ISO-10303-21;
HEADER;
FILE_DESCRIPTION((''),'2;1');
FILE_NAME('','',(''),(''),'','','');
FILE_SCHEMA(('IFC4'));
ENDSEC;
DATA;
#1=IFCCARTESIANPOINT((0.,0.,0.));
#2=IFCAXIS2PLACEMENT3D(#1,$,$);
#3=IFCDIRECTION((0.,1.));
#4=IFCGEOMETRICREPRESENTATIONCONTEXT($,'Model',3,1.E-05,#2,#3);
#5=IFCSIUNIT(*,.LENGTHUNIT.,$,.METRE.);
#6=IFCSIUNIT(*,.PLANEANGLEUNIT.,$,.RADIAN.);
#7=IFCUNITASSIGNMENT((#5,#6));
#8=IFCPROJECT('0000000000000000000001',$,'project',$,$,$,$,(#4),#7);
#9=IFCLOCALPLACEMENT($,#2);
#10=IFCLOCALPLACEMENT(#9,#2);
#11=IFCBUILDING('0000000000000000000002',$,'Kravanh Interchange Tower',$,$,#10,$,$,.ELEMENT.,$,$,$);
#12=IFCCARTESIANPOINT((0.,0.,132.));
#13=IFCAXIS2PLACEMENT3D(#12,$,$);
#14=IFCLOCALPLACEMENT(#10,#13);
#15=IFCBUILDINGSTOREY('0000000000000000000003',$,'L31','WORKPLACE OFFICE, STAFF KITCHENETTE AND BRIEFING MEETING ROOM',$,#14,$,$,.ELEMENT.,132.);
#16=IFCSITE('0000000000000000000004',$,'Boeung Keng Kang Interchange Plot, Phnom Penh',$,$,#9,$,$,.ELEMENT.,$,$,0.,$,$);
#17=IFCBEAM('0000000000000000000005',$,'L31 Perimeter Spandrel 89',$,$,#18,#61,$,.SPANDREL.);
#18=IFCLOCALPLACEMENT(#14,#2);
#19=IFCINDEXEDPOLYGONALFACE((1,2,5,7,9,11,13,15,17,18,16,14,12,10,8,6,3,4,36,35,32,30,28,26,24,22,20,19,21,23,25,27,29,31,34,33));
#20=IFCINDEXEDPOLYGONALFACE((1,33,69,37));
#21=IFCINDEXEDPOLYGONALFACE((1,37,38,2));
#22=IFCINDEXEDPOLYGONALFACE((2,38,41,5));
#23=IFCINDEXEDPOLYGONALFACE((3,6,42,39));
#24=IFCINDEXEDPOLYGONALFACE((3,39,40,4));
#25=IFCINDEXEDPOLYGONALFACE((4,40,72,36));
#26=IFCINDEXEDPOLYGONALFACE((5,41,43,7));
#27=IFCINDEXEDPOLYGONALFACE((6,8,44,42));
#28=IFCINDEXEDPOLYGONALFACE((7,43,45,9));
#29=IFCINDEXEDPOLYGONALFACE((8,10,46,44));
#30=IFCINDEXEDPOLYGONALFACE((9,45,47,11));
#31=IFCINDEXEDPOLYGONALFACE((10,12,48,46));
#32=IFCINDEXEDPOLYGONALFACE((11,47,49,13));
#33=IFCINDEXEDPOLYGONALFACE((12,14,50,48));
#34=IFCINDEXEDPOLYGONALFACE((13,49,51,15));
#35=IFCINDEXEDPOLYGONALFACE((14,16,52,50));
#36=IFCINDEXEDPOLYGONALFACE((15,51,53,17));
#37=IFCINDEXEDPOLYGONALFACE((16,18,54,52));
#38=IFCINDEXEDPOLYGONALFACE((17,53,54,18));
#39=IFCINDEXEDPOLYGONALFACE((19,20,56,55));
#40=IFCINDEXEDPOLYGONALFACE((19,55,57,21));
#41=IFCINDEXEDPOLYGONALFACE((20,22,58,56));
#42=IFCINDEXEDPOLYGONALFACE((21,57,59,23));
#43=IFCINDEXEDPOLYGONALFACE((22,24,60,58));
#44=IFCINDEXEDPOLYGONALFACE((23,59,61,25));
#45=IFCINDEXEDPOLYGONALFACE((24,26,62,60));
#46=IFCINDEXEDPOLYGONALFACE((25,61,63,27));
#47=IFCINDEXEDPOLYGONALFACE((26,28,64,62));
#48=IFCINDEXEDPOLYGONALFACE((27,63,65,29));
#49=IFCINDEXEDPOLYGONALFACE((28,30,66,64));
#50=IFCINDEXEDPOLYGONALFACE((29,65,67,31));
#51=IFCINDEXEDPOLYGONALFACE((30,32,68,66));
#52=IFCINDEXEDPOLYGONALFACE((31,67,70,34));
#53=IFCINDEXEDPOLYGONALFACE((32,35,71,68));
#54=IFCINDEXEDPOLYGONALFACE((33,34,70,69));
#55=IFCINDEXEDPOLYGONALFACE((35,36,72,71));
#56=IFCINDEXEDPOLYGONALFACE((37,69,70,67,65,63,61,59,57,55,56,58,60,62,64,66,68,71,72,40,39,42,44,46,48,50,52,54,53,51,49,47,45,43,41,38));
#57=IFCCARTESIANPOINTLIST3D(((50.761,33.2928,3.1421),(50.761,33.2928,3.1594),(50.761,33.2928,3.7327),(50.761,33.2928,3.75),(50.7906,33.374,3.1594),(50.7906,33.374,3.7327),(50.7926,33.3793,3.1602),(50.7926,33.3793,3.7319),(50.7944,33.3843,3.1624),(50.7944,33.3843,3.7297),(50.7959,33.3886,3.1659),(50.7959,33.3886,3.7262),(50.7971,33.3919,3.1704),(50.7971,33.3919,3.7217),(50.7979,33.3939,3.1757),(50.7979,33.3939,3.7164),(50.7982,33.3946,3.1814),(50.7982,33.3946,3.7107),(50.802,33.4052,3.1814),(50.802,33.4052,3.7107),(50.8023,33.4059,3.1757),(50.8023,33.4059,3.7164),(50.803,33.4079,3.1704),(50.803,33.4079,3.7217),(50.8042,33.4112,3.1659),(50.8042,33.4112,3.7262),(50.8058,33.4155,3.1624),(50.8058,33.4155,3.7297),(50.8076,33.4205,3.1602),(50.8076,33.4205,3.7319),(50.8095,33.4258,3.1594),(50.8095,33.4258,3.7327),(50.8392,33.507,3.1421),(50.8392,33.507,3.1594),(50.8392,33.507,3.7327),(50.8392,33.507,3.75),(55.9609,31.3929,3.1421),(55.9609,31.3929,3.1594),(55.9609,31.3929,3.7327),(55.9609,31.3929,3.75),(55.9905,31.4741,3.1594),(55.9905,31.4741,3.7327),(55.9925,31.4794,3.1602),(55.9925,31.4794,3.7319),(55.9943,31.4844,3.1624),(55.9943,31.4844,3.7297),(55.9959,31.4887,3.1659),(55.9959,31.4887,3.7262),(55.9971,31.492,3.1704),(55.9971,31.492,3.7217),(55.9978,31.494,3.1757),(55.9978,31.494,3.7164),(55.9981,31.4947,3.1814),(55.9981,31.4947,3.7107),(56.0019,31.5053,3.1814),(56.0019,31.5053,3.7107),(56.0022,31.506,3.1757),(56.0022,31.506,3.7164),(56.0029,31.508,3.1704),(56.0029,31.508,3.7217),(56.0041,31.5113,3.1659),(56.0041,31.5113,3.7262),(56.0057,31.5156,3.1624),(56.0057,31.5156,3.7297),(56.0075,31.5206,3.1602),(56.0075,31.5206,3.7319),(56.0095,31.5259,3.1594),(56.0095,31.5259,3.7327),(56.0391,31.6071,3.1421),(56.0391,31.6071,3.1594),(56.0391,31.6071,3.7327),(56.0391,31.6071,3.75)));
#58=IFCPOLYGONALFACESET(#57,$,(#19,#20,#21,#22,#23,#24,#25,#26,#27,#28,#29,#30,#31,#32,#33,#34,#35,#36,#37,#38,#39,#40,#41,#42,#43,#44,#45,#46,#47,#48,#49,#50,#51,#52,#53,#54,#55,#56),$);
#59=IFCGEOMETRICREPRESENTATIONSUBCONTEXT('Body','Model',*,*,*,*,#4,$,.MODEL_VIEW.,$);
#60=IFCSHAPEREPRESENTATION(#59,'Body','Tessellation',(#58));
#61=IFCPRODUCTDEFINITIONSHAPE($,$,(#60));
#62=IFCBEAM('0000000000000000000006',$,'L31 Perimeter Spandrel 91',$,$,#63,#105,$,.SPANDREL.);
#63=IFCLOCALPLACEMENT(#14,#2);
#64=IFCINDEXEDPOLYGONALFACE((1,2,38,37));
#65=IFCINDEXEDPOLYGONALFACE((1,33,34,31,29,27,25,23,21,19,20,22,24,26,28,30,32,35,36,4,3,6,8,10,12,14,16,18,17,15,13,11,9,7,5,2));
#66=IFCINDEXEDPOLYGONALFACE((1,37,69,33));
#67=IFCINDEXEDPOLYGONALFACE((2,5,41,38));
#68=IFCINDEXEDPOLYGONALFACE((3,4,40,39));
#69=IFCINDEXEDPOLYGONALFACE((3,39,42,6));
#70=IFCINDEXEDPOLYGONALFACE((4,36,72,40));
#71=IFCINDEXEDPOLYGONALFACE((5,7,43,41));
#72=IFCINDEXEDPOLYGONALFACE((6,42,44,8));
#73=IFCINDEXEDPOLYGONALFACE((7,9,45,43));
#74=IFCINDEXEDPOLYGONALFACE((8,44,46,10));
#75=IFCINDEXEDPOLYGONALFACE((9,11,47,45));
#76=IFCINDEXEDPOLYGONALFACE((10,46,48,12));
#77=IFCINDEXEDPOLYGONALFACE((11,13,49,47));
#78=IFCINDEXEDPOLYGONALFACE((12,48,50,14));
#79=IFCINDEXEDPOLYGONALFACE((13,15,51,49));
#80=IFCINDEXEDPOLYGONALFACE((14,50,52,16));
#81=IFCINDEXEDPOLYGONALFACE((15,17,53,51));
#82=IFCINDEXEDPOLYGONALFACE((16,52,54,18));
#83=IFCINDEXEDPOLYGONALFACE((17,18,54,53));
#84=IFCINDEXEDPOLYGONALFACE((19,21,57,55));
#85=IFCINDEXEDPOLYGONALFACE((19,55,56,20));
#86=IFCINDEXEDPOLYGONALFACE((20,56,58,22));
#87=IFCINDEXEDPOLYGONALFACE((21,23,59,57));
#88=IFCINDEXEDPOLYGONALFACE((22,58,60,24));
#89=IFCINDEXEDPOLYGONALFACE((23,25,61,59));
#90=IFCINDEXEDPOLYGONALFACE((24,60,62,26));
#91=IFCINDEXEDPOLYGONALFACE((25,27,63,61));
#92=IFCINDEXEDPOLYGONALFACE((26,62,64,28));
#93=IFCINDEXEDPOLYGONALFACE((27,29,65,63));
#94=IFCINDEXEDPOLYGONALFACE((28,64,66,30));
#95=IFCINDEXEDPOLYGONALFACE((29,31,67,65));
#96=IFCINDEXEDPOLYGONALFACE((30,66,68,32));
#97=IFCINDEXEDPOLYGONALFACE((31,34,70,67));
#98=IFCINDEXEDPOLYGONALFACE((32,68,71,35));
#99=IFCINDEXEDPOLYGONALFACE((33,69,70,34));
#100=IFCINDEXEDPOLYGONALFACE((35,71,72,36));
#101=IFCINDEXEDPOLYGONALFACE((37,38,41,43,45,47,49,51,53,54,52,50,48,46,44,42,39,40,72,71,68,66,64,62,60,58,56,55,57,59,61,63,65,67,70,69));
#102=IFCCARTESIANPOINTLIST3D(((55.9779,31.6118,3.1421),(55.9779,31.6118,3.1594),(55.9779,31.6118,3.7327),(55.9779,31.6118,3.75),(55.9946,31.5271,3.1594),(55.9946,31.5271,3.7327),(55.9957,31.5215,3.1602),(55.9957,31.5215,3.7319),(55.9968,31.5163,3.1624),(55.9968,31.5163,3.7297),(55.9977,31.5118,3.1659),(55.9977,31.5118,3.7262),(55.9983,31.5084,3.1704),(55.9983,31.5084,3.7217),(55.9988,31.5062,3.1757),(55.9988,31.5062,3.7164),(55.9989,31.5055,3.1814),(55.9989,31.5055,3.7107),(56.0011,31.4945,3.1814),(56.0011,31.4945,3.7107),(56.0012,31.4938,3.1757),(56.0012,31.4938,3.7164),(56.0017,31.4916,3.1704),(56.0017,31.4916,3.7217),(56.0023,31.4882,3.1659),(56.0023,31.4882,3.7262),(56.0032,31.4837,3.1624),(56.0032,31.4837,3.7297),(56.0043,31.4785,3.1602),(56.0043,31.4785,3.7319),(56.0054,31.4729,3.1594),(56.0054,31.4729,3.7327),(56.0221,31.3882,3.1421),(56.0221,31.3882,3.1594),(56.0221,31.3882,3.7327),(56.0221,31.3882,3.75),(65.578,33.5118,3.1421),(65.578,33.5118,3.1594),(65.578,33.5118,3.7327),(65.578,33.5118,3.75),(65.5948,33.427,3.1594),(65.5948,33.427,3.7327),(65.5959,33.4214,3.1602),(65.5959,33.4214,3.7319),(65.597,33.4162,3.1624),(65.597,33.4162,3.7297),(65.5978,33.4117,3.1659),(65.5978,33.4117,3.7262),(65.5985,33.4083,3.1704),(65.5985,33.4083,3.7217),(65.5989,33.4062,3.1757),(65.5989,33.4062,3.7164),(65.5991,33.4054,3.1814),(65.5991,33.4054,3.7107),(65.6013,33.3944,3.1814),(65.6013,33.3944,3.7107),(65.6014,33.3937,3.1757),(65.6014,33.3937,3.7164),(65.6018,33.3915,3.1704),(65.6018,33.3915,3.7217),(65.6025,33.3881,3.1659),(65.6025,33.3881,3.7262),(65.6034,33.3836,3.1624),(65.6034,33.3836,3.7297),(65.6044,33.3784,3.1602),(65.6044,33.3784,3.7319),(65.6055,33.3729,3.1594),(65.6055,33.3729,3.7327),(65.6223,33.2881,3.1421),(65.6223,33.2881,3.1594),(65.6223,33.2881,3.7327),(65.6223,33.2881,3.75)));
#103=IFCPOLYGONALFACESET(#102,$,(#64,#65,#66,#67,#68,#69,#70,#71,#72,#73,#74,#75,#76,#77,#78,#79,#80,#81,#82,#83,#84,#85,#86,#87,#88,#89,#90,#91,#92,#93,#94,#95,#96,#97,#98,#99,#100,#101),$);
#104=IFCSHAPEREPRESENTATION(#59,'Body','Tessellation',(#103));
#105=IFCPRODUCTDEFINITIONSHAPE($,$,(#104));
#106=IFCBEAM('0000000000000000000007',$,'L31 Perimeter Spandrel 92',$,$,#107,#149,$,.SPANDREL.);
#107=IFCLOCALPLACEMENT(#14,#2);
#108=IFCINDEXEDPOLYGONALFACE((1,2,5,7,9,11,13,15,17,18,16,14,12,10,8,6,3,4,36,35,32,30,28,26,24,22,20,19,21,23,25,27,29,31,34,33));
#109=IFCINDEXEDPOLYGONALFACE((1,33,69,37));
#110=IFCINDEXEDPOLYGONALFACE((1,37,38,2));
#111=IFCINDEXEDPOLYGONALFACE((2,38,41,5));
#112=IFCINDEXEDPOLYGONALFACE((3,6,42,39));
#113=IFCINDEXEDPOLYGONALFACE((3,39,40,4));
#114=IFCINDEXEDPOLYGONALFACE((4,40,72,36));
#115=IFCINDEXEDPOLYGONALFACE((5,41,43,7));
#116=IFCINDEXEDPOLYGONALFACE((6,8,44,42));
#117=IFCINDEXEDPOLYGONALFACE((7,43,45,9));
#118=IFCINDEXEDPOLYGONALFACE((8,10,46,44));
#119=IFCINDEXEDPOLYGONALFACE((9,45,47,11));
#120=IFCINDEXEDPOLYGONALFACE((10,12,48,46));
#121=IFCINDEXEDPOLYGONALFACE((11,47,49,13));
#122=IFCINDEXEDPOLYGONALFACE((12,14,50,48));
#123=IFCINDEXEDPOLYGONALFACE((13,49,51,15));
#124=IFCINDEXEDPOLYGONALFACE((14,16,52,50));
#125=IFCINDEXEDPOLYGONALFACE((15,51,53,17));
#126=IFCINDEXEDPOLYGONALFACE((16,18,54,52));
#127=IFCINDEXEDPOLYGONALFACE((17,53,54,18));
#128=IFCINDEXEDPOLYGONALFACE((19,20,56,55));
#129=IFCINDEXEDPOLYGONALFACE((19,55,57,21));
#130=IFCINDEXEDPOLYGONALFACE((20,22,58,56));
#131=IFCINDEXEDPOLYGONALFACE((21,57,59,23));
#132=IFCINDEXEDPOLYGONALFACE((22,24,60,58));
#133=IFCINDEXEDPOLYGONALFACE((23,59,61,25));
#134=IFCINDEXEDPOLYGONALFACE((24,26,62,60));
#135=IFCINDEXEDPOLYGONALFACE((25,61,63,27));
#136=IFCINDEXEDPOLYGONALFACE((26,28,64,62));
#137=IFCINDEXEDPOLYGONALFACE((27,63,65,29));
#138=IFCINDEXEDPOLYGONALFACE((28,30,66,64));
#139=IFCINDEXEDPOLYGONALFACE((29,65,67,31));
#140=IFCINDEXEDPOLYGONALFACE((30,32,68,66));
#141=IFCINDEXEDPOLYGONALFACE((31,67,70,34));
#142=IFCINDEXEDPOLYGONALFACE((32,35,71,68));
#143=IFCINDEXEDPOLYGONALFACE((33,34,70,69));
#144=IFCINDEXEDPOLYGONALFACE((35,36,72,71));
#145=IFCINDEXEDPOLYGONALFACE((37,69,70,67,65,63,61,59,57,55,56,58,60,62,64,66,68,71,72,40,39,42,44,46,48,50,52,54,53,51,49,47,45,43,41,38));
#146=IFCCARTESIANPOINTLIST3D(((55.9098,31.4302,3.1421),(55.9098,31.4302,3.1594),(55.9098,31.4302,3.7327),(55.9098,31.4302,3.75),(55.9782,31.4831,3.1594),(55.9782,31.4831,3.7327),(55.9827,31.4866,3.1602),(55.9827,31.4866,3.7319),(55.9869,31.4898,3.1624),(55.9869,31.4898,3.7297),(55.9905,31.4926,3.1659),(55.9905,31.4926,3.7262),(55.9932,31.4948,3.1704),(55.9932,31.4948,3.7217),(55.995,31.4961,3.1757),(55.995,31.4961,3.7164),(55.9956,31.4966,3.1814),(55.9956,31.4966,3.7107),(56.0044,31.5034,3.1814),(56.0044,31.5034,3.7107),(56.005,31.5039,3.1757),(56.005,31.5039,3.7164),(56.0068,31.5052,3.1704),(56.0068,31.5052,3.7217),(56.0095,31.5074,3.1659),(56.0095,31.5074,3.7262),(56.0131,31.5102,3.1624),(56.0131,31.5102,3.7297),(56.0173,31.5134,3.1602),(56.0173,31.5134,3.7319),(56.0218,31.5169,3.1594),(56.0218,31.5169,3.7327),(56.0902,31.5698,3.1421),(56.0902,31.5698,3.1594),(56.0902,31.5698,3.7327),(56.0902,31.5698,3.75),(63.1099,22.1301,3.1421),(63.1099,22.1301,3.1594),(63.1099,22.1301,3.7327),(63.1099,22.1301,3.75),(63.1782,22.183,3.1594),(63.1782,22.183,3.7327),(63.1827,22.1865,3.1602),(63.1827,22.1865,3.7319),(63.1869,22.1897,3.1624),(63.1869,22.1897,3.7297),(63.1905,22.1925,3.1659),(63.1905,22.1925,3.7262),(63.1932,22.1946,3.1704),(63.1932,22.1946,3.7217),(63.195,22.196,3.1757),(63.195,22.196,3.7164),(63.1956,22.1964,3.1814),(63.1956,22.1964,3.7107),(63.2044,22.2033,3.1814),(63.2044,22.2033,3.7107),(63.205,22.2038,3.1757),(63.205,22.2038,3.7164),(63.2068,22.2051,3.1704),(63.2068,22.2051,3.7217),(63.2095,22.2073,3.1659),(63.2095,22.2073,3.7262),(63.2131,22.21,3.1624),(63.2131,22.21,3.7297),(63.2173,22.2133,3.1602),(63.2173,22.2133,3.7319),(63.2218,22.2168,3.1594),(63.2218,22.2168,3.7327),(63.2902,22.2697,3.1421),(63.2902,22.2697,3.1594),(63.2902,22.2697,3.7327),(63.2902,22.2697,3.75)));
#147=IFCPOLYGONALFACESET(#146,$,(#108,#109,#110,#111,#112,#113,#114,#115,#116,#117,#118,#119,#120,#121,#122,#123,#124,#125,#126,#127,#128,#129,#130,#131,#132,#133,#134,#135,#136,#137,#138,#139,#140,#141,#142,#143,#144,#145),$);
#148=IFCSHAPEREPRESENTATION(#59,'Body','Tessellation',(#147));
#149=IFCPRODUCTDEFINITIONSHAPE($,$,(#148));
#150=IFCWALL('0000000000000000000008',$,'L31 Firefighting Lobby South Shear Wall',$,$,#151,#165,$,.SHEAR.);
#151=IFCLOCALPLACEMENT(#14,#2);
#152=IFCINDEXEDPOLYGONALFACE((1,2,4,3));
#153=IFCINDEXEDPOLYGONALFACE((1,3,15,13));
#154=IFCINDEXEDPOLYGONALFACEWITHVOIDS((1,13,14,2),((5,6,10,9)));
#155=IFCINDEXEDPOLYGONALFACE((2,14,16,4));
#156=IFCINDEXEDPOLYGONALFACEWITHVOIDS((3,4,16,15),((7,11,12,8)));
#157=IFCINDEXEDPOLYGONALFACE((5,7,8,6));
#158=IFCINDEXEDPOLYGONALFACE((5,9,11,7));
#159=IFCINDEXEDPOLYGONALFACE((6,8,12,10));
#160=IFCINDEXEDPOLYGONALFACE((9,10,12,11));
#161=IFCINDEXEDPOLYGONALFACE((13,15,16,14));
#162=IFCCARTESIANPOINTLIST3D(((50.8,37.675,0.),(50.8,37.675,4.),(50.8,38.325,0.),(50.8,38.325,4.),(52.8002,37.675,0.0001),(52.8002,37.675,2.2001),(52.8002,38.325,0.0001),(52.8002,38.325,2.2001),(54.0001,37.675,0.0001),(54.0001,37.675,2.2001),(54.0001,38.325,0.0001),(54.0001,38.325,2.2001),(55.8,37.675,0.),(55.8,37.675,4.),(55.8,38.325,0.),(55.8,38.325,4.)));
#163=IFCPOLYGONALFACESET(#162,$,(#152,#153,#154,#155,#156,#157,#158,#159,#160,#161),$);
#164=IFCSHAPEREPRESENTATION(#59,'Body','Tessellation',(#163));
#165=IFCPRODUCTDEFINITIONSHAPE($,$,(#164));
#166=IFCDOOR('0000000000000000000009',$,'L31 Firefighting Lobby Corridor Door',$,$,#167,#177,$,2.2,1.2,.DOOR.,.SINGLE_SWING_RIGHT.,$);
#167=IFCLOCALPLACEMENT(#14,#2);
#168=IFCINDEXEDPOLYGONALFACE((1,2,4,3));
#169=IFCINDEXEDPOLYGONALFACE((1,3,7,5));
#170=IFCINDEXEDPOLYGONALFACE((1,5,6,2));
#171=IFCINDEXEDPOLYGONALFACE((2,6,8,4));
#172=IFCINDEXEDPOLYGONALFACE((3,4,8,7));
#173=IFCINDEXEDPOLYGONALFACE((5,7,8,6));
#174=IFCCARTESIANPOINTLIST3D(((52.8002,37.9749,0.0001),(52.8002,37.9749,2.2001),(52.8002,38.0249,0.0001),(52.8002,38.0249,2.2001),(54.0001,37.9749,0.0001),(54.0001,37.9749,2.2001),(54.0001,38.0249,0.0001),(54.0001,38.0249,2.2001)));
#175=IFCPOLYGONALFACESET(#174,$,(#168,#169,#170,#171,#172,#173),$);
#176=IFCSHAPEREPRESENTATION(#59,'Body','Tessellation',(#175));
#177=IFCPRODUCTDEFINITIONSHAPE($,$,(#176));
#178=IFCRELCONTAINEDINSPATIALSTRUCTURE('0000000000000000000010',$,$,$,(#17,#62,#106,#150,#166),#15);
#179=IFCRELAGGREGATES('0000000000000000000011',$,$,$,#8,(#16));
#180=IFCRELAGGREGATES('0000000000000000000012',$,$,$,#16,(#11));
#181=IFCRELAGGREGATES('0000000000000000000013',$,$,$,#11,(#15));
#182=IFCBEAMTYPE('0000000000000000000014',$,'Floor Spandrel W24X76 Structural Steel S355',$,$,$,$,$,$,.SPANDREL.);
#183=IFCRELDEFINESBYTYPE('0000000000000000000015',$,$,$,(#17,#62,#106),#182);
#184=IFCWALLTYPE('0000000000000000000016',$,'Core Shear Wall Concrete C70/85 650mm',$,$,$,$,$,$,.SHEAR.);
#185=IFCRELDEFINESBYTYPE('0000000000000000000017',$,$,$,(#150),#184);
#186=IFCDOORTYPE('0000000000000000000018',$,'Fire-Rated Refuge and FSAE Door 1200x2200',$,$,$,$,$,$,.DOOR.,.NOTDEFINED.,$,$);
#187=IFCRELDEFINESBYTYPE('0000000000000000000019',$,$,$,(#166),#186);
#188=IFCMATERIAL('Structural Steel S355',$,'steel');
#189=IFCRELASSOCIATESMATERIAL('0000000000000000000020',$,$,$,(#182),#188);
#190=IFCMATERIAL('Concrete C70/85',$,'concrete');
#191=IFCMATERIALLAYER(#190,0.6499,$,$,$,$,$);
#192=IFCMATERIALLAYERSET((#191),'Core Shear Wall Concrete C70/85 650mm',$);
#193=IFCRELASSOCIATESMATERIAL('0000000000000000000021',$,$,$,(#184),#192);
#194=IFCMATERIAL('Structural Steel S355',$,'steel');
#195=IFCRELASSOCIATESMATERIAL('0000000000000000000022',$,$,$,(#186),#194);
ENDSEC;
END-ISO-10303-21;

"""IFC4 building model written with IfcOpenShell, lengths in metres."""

from ifc_helpers import new_model, si_unit, direction, frame, frame_2d, origin, origin_2d, place, context, subcontext, project, spatial, rectangle, i_section, extrude, material, layer, layer_set, material_profile, profile_set, type_object, element, fill, save


model = new_model("IFC4")

# Units and contexts
model_context = context("Model", 3, precision=1e-05, world=origin(), true_north=direction((0.0, 1.0)))
body_context = subcontext(model_context, "Body", "Model", "MODEL_VIEW")
ifc_project = project(units=[si_unit("LENGTHUNIT", "METRE"), si_unit("PLANEANGLEUNIT", "RADIAN")], contexts=[model_context])

# Site, building, storey
site_placement = place(None, origin())
site = spatial("IfcSite", under=ifc_project, at=site_placement, Name="Boeung Keng Kang Interchange Plot, Phnom Penh", CompositionType="ELEMENT", RefElevation=0.0)
building_placement = place(site_placement, origin())
building = spatial("IfcBuilding", under=site, at=building_placement, Name="Kravanh Interchange Tower", CompositionType="ELEMENT")
storey_placement = place(building_placement, frame((0.0, 0.0, 132.0)))
storey = spatial("IfcBuildingStorey", under=building, at=storey_placement, Name="L31", Description="WORKPLACE OFFICE, STAFF KITCHENETTE AND BRIEFING MEETING ROOM", CompositionType="ELEMENT", Elevation=132.0)

# Beams
ifc_material_1 = material(Name="Structural Steel S355", Category="steel")
ifc_material_profile_1 = material_profile(ifc_material_1, i_section(OverallWidth=0.228, OverallDepth=0.6079, WebThickness=0.0112, FlangeThickness=0.0173, FilletRadius=0.022, at=origin_2d()), Name="W24X76")
ifc_profile_set_1 = profile_set([ifc_material_profile_1], Name="Structural Steel S355")
beam_type_1 = type_object("IfcBeamType", Name="Floor Spandrel W24X76 Structural Steel S355", PredefinedType="SPANDREL", material=ifc_profile_set_1)
beam_1_placement = place(storey_placement, frame((56.0, 31.5, 3.446), z_axis=(-0.93927, 0.34318, 0.0), x_axis=(-0.34318, -0.93927, 0.0)))
element("IfcBeam", 1, at=beam_1_placement, inside=storey, type_object=beam_type_1, Name="L31 Perimeter Spandrel 89", PredefinedType="SPANDREL", context=body_context, shape_type="SweptSolid", body=[
    extrude(i_section(OverallWidth=0.228, OverallDepth=0.6079, WebThickness=0.0112, FlangeThickness=0.0173, FilletRadius=0.022, at=origin_2d()), origin(), (0.0, 0.0, 1.0), 5.5361),
])
beam_2_placement = place(storey_placement, frame((56.0, 31.5, 3.446), z_axis=(0.980974, 0.194139, 0.0), x_axis=(-0.194139, 0.980974, 0.0)))
element("IfcBeam", 2, at=beam_2_placement, inside=storey, type_object=beam_type_1, Name="L31 Perimeter Spandrel 91", PredefinedType="SPANDREL", context=body_context, shape_type="SweptSolid", body=[
    extrude(i_section(OverallWidth=0.228, OverallDepth=0.6079, WebThickness=0.0112, FlangeThickness=0.0173, FilletRadius=0.022, at=origin_2d()), origin(), (0.0, 0.0, 1.0), 9.7864),
])
beam_3_placement = place(storey_placement, frame((56.0, 31.5, 3.446), z_axis=(0.612169, -0.790727, 0.0), x_axis=(0.790727, 0.612169, 0.0)))
element("IfcBeam", 3, at=beam_3_placement, inside=storey, type_object=beam_type_1, Name="L31 Perimeter Spandrel 92", PredefinedType="SPANDREL", context=body_context, shape_type="SweptSolid", body=[
    extrude(i_section(OverallWidth=0.228, OverallDepth=0.6079, WebThickness=0.0112, FlangeThickness=0.0173, FilletRadius=0.022, at=origin_2d()), origin(), (0.0, 0.0, 1.0), 11.7615),
])

# Shared definitions
ifc_material_2 = material(Name="Concrete C70/85", Category="concrete")
ifc_layer_1 = layer(ifc_material_2, 0.6499)
ifc_layer_set_1 = layer_set([ifc_layer_1], Name="Core Shear Wall Concrete C70/85 650mm")
wall_type_1 = type_object("IfcWallType", Name="Core Shear Wall Concrete C70/85 650mm", PredefinedType="SHEAR", material=ifc_layer_set_1)

# Wall, opening, door
wall_1_placement = place(storey_placement, frame((50.8, 38.0, 0.0), z_axis=(0.0, 0.0, 1.0), x_axis=(1.0, 0.0, 0.0)))
wall_1 = element("IfcWall", 4, at=wall_1_placement, inside=storey, type_object=wall_type_1, Name="L31 Firefighting Lobby South Shear Wall", PredefinedType="SHEAR", context=body_context, shape_type="SweptSolid", body=[
    extrude(rectangle(XDim=5.0, YDim=0.6499, at=frame_2d((2.5, 0.0))), origin(), (0.0, 0.0, 1.0), 4.0),
])
opening_1_placement = place(wall_1_placement, frame((2.0, 0.0, 0.0)))
opening_1 = element("IfcOpeningElement", 5, at=opening_1_placement, cuts=wall_1, PredefinedType="OPENING", context=body_context, shape_type="SweptSolid", body=[
    extrude(rectangle(XDim=1.2, YDim=2.2, at=frame_2d((0.6001, 1.1001))), frame((0.0, 0.335, 0.0), z_axis=(0.0, -1.0, 0.0), x_axis=(1.0, 0.0, 0.0)), (0.0, 0.0, 1.0), 0.6699),
])
ifc_material_3 = material(Name="Structural Steel S355", Category="steel")
door_type_1 = type_object("IfcDoorType", Name="Fire-Rated Refuge and FSAE Door 1200x2200", OperationType="NOTDEFINED", PredefinedType="DOOR", material=ifc_material_3)
door_1_placement = place(opening_1_placement, origin())
door_1 = element("IfcDoor", 6, at=door_1_placement, inside=storey, type_object=door_type_1, Name="L31 Firefighting Lobby Corridor Door", OperationType="SINGLE_SWING_RIGHT", OverallHeight=2.2, OverallWidth=1.2, PredefinedType="DOOR", context=body_context, shape_type="SweptSolid", body=[
    extrude(rectangle(XDim=1.2, YDim=2.2, at=frame_2d((0.6001, 1.1001))), frame((0.0, 0.0249, 0.0), z_axis=(0.0, -1.0, 0.0), x_axis=(1.0, 0.0, 0.0)), (0.0, 0.0, 1.0), 0.05),
])
fill(opening_1, door_1)

save(model, "model.ifc")
